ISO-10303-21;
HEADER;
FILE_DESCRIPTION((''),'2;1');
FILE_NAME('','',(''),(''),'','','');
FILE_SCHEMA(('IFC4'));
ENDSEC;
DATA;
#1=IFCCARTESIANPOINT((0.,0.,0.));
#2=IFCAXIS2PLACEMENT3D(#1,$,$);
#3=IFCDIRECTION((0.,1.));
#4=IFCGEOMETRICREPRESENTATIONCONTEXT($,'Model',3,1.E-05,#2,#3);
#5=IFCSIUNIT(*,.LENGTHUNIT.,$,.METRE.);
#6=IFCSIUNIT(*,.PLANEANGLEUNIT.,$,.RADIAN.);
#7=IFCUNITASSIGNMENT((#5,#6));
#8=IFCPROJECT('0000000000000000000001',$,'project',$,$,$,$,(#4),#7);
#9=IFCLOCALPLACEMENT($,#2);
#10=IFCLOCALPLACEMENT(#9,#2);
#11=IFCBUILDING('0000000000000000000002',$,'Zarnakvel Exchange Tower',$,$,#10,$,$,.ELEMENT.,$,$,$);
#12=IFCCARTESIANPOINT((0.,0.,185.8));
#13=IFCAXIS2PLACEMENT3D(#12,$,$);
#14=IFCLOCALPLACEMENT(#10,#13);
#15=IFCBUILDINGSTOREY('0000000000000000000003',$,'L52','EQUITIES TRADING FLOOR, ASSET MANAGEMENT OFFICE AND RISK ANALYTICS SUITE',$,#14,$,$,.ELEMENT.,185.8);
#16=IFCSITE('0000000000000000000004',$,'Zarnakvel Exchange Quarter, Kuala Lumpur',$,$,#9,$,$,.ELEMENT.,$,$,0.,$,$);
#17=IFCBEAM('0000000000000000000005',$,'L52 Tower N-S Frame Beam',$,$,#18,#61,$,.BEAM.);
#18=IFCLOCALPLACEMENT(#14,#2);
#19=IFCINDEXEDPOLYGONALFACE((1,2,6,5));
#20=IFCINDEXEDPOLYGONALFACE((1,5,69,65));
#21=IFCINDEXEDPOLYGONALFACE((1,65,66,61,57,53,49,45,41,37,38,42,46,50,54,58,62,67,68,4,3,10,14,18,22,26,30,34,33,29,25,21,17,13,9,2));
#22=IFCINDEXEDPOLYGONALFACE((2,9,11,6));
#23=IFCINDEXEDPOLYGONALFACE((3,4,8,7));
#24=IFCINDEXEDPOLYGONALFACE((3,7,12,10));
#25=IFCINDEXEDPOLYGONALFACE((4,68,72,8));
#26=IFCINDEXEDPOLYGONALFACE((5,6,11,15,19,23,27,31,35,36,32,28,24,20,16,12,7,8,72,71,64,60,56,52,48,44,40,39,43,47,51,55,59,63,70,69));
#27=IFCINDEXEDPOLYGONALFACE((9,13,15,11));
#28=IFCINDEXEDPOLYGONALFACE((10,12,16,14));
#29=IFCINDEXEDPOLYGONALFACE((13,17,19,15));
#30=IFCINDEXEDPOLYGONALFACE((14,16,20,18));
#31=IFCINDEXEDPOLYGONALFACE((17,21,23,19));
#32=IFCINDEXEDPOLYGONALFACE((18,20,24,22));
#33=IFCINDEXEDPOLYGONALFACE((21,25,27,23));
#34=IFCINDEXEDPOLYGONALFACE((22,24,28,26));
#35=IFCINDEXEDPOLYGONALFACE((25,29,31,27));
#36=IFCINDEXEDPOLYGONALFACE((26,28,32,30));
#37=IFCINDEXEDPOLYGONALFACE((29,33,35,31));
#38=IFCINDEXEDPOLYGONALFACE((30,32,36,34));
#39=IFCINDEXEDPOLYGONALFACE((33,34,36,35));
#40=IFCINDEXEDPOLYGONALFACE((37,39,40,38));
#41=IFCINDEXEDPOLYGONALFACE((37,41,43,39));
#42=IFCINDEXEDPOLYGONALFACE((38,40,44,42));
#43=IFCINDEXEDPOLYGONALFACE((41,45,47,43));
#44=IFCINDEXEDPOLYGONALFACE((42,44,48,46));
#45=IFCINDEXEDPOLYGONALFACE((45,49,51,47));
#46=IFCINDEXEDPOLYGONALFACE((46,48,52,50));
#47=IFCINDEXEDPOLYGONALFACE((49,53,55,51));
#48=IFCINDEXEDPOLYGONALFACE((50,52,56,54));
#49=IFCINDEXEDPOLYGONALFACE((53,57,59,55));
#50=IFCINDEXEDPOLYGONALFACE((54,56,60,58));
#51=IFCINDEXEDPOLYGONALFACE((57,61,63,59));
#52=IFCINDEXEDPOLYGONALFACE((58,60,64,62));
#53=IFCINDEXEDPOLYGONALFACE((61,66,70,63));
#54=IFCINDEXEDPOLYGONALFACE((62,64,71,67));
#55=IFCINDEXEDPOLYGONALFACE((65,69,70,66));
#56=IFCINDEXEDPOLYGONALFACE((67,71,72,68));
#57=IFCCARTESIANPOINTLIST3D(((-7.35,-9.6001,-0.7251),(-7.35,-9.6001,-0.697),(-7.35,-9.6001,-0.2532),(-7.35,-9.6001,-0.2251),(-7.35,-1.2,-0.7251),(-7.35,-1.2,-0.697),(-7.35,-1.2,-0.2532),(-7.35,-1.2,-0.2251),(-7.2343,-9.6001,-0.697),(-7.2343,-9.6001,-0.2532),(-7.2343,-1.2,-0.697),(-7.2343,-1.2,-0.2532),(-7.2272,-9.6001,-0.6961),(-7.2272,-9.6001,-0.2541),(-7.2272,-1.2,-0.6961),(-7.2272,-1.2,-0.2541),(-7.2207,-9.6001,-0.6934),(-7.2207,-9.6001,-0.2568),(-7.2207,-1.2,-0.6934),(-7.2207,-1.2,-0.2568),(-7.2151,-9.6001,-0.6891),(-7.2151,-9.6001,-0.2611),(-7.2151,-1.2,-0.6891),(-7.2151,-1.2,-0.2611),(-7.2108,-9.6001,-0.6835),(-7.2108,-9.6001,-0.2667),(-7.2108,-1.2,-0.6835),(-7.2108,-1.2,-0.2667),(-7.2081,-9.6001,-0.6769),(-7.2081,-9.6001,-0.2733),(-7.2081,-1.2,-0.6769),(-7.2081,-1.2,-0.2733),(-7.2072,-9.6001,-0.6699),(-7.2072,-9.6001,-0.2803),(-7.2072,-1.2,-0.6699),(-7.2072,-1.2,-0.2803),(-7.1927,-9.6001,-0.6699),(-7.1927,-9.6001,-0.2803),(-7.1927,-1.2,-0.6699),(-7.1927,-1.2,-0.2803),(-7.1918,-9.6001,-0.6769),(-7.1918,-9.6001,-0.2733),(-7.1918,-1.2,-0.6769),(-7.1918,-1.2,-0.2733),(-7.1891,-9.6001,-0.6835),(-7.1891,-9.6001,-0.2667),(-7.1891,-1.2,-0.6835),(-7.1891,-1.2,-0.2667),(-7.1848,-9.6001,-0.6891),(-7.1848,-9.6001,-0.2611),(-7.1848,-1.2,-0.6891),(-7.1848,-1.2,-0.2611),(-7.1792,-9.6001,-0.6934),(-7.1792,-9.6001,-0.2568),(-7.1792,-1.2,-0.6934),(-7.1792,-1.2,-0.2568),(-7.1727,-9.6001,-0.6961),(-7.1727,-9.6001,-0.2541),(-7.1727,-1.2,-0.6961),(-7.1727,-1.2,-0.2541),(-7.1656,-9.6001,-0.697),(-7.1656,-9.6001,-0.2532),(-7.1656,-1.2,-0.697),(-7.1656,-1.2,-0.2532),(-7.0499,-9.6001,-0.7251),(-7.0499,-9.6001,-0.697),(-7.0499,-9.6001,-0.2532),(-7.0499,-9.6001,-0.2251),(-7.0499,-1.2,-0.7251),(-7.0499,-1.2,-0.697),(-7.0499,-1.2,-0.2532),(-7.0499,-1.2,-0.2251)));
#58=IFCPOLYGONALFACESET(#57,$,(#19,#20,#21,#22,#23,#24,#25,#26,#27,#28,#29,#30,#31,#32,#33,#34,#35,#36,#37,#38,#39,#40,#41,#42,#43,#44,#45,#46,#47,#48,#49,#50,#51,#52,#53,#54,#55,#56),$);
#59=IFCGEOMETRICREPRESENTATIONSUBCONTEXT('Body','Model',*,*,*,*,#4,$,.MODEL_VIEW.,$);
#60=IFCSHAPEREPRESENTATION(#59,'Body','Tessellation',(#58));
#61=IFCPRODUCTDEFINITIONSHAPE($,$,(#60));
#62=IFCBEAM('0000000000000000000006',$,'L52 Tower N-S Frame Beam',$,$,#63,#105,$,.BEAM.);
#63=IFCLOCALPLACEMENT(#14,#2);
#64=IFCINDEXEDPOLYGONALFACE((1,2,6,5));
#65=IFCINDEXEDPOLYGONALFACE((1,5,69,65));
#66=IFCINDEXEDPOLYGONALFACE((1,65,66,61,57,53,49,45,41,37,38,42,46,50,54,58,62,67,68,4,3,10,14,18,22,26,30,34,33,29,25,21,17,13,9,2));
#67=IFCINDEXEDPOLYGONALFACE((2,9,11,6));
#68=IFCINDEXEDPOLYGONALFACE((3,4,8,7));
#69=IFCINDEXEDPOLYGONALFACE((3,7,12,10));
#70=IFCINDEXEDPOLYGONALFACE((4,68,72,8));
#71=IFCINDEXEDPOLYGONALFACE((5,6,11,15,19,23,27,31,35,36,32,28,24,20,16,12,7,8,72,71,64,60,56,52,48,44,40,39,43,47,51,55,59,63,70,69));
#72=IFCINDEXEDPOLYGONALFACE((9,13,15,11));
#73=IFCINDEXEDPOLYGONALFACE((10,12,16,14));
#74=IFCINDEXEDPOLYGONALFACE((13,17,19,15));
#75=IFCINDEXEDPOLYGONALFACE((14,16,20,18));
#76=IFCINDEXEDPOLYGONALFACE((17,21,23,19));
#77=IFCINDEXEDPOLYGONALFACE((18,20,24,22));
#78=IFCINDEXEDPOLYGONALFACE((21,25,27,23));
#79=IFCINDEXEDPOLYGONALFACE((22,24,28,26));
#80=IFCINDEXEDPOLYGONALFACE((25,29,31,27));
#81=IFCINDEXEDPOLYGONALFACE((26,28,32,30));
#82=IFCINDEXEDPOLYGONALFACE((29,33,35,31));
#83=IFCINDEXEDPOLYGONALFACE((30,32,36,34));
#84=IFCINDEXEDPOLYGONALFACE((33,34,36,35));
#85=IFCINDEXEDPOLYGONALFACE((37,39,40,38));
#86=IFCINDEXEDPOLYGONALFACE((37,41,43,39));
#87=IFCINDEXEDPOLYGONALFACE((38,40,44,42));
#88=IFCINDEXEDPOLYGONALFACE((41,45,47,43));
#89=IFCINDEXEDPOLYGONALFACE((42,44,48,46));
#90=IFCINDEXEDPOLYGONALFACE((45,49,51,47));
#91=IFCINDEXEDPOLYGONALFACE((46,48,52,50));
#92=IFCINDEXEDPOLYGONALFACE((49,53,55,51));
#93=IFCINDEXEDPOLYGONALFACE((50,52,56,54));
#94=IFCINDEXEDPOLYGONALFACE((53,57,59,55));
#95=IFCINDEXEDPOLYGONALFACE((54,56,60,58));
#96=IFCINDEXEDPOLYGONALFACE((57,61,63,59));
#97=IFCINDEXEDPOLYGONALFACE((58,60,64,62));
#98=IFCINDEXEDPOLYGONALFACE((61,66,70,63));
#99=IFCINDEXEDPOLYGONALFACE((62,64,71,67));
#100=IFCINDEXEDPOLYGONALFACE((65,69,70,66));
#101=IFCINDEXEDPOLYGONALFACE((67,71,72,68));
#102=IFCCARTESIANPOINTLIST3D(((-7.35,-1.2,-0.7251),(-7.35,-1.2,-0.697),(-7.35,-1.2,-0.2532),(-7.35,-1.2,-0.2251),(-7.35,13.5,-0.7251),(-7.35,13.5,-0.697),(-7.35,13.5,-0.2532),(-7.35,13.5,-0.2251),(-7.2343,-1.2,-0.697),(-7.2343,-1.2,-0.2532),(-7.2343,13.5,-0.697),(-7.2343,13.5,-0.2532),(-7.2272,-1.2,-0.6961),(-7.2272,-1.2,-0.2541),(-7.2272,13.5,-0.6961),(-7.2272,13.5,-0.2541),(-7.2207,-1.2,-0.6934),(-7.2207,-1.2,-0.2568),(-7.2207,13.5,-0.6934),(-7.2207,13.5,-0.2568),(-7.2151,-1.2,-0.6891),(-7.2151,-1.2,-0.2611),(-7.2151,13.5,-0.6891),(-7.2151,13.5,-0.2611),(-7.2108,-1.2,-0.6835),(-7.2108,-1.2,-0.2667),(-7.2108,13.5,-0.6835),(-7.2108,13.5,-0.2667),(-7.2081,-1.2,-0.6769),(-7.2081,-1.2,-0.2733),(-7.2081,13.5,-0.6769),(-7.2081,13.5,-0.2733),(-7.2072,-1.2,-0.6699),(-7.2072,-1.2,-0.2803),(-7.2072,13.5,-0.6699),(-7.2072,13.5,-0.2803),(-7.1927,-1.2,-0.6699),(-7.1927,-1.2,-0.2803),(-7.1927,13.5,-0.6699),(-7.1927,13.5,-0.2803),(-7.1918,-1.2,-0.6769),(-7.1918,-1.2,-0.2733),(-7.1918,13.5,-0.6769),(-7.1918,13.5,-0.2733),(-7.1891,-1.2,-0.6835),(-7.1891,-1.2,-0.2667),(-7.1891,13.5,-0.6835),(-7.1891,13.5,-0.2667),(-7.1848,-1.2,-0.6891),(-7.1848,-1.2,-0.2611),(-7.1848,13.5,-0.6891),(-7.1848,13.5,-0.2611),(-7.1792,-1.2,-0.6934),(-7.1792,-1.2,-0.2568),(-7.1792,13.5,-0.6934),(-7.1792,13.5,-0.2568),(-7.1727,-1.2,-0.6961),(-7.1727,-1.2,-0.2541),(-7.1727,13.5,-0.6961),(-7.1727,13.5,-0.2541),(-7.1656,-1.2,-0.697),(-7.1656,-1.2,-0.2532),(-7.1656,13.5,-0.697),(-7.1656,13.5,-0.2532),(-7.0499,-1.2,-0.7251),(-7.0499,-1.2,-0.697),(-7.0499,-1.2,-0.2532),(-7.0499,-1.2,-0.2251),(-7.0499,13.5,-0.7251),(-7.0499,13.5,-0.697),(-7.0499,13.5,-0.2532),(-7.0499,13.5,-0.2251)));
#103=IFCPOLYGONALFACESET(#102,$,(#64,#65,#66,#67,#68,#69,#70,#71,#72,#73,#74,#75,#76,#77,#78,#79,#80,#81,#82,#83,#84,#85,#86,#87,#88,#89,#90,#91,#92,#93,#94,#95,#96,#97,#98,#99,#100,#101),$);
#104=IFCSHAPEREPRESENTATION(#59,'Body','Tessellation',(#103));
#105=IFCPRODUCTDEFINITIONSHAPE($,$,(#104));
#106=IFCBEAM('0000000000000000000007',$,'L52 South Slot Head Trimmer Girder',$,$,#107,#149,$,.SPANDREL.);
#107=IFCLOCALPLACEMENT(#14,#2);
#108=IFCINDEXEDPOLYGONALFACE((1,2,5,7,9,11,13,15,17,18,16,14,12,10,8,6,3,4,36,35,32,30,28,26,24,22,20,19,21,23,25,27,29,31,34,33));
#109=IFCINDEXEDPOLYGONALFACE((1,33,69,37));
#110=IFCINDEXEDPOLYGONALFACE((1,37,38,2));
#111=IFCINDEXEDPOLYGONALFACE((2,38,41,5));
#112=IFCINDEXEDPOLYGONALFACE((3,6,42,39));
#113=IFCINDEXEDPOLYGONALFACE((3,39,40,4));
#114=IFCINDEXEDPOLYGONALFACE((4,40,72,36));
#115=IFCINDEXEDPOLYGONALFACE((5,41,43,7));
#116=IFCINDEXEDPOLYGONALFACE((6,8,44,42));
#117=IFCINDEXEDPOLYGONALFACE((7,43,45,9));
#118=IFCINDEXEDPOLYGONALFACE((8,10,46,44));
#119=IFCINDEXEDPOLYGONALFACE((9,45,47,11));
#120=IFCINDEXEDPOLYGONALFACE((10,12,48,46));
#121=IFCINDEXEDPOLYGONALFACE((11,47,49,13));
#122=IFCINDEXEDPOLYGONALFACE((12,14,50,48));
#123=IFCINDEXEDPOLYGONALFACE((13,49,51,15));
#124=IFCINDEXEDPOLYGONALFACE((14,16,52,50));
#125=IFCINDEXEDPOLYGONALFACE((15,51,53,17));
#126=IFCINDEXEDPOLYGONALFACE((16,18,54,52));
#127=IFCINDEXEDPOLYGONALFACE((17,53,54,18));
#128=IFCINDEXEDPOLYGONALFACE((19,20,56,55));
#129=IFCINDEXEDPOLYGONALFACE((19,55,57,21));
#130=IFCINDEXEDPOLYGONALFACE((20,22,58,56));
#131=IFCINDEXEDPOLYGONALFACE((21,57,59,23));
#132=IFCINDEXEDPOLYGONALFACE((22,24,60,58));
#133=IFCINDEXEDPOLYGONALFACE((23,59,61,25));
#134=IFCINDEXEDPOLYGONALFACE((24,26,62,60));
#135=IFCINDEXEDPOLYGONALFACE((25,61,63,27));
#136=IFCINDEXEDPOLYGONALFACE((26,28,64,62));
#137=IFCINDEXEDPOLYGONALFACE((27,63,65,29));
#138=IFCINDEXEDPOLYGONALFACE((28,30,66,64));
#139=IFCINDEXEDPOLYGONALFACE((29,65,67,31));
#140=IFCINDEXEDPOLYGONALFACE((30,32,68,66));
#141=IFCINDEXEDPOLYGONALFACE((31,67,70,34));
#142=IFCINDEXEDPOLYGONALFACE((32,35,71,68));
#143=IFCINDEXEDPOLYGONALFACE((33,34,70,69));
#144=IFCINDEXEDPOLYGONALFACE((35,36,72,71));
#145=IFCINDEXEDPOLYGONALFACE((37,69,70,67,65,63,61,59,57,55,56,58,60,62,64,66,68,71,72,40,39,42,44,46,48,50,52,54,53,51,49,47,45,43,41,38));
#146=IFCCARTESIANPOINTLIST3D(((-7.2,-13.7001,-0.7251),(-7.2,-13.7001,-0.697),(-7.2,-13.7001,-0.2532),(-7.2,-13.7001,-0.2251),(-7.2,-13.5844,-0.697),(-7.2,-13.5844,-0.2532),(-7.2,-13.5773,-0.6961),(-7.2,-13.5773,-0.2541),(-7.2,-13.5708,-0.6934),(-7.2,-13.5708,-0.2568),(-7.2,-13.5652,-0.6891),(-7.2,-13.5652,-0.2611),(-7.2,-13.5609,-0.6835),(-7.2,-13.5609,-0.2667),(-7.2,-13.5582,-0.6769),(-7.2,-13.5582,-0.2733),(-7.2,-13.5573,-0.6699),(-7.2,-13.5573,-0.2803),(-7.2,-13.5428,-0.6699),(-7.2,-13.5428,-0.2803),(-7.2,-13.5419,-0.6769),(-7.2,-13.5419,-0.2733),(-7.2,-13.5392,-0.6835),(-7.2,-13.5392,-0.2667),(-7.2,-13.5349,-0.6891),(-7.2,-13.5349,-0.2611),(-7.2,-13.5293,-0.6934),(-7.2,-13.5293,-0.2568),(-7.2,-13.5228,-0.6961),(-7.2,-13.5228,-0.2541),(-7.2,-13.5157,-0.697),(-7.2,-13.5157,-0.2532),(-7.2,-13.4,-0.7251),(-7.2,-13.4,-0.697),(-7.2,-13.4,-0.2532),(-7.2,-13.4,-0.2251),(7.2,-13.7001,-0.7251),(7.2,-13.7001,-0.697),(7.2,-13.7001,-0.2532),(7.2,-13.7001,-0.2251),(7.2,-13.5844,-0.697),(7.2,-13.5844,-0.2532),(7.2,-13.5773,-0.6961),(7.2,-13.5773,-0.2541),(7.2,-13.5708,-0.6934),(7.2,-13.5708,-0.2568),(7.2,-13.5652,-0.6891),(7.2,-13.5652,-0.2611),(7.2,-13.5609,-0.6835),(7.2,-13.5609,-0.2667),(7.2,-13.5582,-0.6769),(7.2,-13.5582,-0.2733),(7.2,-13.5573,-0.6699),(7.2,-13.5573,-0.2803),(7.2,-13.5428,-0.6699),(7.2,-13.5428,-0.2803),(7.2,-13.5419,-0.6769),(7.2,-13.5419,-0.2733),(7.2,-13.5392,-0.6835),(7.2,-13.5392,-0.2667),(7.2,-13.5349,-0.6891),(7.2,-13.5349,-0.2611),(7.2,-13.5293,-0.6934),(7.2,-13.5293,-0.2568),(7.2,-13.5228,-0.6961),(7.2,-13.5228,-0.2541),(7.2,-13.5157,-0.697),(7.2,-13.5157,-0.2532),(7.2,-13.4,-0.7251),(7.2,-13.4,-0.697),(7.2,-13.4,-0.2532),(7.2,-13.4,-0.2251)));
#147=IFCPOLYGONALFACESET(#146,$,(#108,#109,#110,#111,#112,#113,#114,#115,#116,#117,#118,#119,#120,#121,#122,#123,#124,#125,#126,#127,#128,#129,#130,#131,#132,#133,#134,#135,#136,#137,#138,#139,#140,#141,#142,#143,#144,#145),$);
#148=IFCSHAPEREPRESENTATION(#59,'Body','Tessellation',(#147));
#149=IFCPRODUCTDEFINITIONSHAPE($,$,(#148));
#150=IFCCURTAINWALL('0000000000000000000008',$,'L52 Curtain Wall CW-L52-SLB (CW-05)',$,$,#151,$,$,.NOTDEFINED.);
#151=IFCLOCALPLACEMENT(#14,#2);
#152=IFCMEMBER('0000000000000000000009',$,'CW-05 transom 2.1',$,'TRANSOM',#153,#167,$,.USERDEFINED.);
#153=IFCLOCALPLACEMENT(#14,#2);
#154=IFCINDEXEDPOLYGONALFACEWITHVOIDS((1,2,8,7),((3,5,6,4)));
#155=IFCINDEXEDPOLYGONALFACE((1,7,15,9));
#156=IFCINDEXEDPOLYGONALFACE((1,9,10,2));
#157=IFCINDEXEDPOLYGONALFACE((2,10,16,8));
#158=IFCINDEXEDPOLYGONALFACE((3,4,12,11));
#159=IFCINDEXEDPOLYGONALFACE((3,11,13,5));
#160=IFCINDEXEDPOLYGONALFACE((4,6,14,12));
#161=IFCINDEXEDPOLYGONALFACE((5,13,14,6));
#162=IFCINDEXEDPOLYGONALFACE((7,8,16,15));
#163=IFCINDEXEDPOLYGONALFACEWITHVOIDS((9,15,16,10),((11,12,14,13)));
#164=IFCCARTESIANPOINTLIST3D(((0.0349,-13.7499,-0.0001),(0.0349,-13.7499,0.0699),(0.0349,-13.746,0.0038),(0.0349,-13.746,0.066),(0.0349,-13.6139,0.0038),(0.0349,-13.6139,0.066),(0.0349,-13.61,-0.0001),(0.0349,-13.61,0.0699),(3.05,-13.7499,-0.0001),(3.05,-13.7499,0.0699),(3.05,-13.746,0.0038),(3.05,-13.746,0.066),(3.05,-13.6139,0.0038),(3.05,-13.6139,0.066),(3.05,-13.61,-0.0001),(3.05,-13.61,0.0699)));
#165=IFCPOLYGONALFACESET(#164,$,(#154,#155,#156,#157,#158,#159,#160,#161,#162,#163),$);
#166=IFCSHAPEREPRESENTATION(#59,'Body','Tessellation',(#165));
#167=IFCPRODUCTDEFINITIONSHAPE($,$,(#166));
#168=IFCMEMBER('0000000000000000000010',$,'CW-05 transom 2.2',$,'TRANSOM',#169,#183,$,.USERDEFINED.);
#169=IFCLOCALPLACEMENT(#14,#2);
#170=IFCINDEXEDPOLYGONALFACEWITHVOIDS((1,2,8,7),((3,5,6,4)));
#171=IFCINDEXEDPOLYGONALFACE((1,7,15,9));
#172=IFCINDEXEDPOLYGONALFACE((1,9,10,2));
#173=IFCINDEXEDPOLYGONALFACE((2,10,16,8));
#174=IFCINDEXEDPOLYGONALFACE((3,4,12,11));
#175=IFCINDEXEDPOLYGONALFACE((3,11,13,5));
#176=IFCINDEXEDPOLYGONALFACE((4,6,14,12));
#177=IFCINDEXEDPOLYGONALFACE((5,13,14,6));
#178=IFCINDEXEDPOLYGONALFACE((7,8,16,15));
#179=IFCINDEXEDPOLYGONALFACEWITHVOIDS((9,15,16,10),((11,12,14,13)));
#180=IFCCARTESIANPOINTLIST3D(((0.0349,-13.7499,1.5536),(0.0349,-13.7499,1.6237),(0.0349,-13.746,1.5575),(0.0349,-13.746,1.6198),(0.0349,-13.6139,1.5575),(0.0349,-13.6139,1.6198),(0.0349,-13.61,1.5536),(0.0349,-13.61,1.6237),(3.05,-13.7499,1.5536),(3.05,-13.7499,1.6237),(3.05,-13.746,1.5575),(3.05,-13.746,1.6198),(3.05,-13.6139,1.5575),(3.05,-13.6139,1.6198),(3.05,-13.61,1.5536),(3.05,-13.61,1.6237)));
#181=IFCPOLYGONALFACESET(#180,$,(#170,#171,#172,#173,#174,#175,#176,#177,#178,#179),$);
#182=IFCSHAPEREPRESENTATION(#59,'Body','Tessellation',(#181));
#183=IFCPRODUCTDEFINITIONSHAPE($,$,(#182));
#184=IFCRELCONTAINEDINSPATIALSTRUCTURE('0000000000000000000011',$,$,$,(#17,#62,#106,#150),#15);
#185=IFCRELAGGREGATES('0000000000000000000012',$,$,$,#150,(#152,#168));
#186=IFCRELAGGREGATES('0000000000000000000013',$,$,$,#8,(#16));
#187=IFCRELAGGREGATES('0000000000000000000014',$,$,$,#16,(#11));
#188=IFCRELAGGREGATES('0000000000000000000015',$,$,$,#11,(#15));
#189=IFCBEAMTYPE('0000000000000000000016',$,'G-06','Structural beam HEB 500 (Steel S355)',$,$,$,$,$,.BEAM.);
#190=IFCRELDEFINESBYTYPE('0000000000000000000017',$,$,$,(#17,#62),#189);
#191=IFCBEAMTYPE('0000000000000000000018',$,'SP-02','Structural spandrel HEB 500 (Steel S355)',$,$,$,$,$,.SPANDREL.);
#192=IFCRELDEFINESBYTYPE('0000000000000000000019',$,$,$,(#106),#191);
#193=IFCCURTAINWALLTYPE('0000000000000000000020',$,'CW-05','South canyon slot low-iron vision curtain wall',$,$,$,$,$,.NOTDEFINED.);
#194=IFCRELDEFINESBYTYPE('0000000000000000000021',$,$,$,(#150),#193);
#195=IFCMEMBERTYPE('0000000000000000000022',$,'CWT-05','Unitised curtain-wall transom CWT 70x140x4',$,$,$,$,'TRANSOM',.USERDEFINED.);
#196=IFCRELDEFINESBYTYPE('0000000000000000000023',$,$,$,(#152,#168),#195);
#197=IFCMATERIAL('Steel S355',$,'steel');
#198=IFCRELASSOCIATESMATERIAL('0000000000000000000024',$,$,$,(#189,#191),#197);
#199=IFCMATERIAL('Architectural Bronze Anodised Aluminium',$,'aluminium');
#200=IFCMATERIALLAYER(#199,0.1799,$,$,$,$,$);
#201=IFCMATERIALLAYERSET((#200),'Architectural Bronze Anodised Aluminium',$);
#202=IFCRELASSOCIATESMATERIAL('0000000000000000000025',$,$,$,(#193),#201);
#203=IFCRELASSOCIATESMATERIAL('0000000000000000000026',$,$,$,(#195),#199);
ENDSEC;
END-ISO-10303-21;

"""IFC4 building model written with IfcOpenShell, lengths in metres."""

from ifc_helpers import new_model, si_unit, direction, frame, origin, origin_2d, place, context, subcontext, project, spatial, hollow_rectangle, i_section, extrude, source, transform, mapped, material, layer, layer_set, material_profile, profile_set, type_object, element, aggregate, save


model = new_model("IFC4")

# Units and contexts
model_context = context("Model", 3, precision=1e-05, world=origin(), true_north=direction((0.0, 1.0)))
body_context = subcontext(model_context, "Body", "Model", "MODEL_VIEW")
ifc_project = project(units=[si_unit("LENGTHUNIT", "METRE"), si_unit("PLANEANGLEUNIT", "RADIAN")], contexts=[model_context])

# Site, building, storey
site_placement = place(None, origin())
site = spatial("IfcSite", under=ifc_project, at=site_placement, Name="Zarnakvel Exchange Quarter, Kuala Lumpur", CompositionType="ELEMENT", RefElevation=0.0)
building_placement = place(site_placement, origin())
building = spatial("IfcBuilding", under=site, at=building_placement, Name="Zarnakvel Exchange Tower", CompositionType="ELEMENT")
storey_placement = place(building_placement, frame((0.0, 0.0, 185.8)))
storey = spatial("IfcBuildingStorey", under=building, at=storey_placement, Name="L52", Description="EQUITIES TRADING FLOOR, ASSET MANAGEMENT OFFICE AND RISK ANALYTICS SUITE", CompositionType="ELEMENT", Elevation=185.8)

# Beams
ifc_material_1 = material(Name="Steel S355", Category="steel")
ifc_material_profile_1 = material_profile(ifc_material_1, i_section(OverallWidth=0.3, OverallDepth=0.5, WebThickness=0.0144, FlangeThickness=0.0281, FilletRadius=0.0271, at=origin_2d()))
ifc_profile_set_1 = profile_set([ifc_material_profile_1], Name="Steel S355")
beam_type_1 = type_object("IfcBeamType", Name="G-06", Description="Structural beam HEB 500 (Steel S355)", PredefinedType="BEAM", material=ifc_profile_set_1)
beam_1_placement = place(storey_placement, frame((-7.2, -9.6001, -0.4751), z_axis=(0.0, 1.0, 0.0), x_axis=(-1.0, 0.0, 0.0)))
element("IfcBeam", 1, at=beam_1_placement, inside=storey, type_object=beam_type_1, Name="L52 Tower N-S Frame Beam", PredefinedType="BEAM", context=body_context, shape_type="SweptSolid", body=[
    extrude(i_section(OverallWidth=0.3, OverallDepth=0.5, WebThickness=0.0144, FlangeThickness=0.0281, FilletRadius=0.0271, at=origin_2d()), origin(), (0.0, 0.0, 1.0), 8.4001),
])
beam_2_placement = place(storey_placement, frame((-7.2, -1.2, -0.4751), z_axis=(0.0, 1.0, 0.0), x_axis=(-1.0, 0.0, 0.0)))
element("IfcBeam", 2, at=beam_2_placement, inside=storey, type_object=beam_type_1, Name="L52 Tower N-S Frame Beam", PredefinedType="BEAM", context=body_context, shape_type="SweptSolid", body=[
    extrude(i_section(OverallWidth=0.3, OverallDepth=0.5, WebThickness=0.0144, FlangeThickness=0.0281, FilletRadius=0.0271, at=origin_2d()), origin(), (0.0, 0.0, 1.0), 14.7),
])
ifc_material_profile_2 = material_profile(ifc_material_1, i_section(OverallWidth=0.3, OverallDepth=0.5, WebThickness=0.0144, FlangeThickness=0.0281, FilletRadius=0.0271, at=origin_2d()))
ifc_profile_set_2 = profile_set([ifc_material_profile_2], Name="Steel S355")
beam_type_2 = type_object("IfcBeamType", Name="SP-02", Description="Structural spandrel HEB 500 (Steel S355)", PredefinedType="SPANDREL", material=ifc_profile_set_2)
beam_3_placement = place(storey_placement, frame((-7.2, -13.55, -0.4751), z_axis=(1.0, 0.0, 0.0), x_axis=(0.0, 1.0, 0.0)))
element("IfcBeam", 3, at=beam_3_placement, inside=storey, type_object=beam_type_2, Name="L52 South Slot Head Trimmer Girder", PredefinedType="SPANDREL", context=body_context, shape_type="SweptSolid", body=[
    extrude(i_section(OverallWidth=0.3, OverallDepth=0.5, WebThickness=0.0144, FlangeThickness=0.0281, FilletRadius=0.0271, at=origin_2d()), origin(), (0.0, 0.0, 1.0), 14.3999),
])

# Curtain wall, members
ifc_material_2 = material(Name="Architectural Bronze Anodised Aluminium", Category="aluminium")
ifc_layer_1 = layer(ifc_material_2, 0.1799)
ifc_layer_set_1 = layer_set([ifc_layer_1], Name="Architectural Bronze Anodised Aluminium")
curtain_wall_type = type_object("IfcCurtainWallType", Name="CW-05", Description="South canyon slot low-iron vision curtain wall", PredefinedType="NOTDEFINED", material=ifc_layer_set_1)
curtain_wall_placement = place(storey_placement, origin())
curtain_wall = element("IfcCurtainWall", 4, at=curtain_wall_placement, inside=storey, type_object=curtain_wall_type, Name="L52 Curtain Wall CW-L52-SLB (CW-05)", PredefinedType="NOTDEFINED")
ifc_material_profile_3 = material_profile(ifc_material_2, hollow_rectangle(XDim=0.1399, YDim=0.0701, WallThickness=0.0039, at=origin_2d()))
ifc_profile_set_3 = profile_set([ifc_material_profile_3], Name="Architectural Bronze Anodised Aluminium")
member_type = type_object("IfcMemberType", Name="CWT-05", Description="Unitised curtain-wall transom CWT 70x140x4", ElementType="TRANSOM", PredefinedType="USERDEFINED", material=ifc_profile_set_3)
shared_shape_1 = source(origin(), body_context, "Body", "SweptSolid", [
    extrude(hollow_rectangle(XDim=0.1399, YDim=0.0701, WallThickness=0.0039, at=origin_2d()), origin(), (0.0, 0.0, 1.0), 3.0151),
])
member_1_placement = place(storey_placement, frame((0.0349, -13.6799, 0.0349), z_axis=(1.0, 0.0, 0.0), x_axis=(0.0, 1.0, 0.0)))
member_1 = element("IfcMember", 5, at=member_1_placement, type_object=member_type, Name="CW-05 transom 2.1", ObjectType="TRANSOM", PredefinedType="USERDEFINED", context=body_context, shape_type="MappedRepresentation", body=[
    mapped(shared_shape_1, transform((0.0, 0.0, 0.0), x_axis=(1.0, 0.0, 0.0), y_axis=(0.0, 1.0, 0.0), z_axis=(0.0, 0.0, 1.0), scale=1.0)),
])
member_2_placement = place(storey_placement, frame((0.0349, -13.6799, 1.5886), z_axis=(1.0, 0.0, 0.0), x_axis=(0.0, 1.0, 0.0)))
member_2 = element("IfcMember", 6, at=member_2_placement, type_object=member_type, Name="CW-05 transom 2.2", ObjectType="TRANSOM", PredefinedType="USERDEFINED", context=body_context, shape_type="MappedRepresentation", body=[
    mapped(shared_shape_1, transform((0.0, 0.0, 0.0), x_axis=(1.0, 0.0, 0.0), y_axis=(0.0, 1.0, 0.0), z_axis=(0.0, 0.0, 1.0), scale=1.0)),
])
aggregate(curtain_wall, [member_1, member_2])

save(model, "model.ifc")
